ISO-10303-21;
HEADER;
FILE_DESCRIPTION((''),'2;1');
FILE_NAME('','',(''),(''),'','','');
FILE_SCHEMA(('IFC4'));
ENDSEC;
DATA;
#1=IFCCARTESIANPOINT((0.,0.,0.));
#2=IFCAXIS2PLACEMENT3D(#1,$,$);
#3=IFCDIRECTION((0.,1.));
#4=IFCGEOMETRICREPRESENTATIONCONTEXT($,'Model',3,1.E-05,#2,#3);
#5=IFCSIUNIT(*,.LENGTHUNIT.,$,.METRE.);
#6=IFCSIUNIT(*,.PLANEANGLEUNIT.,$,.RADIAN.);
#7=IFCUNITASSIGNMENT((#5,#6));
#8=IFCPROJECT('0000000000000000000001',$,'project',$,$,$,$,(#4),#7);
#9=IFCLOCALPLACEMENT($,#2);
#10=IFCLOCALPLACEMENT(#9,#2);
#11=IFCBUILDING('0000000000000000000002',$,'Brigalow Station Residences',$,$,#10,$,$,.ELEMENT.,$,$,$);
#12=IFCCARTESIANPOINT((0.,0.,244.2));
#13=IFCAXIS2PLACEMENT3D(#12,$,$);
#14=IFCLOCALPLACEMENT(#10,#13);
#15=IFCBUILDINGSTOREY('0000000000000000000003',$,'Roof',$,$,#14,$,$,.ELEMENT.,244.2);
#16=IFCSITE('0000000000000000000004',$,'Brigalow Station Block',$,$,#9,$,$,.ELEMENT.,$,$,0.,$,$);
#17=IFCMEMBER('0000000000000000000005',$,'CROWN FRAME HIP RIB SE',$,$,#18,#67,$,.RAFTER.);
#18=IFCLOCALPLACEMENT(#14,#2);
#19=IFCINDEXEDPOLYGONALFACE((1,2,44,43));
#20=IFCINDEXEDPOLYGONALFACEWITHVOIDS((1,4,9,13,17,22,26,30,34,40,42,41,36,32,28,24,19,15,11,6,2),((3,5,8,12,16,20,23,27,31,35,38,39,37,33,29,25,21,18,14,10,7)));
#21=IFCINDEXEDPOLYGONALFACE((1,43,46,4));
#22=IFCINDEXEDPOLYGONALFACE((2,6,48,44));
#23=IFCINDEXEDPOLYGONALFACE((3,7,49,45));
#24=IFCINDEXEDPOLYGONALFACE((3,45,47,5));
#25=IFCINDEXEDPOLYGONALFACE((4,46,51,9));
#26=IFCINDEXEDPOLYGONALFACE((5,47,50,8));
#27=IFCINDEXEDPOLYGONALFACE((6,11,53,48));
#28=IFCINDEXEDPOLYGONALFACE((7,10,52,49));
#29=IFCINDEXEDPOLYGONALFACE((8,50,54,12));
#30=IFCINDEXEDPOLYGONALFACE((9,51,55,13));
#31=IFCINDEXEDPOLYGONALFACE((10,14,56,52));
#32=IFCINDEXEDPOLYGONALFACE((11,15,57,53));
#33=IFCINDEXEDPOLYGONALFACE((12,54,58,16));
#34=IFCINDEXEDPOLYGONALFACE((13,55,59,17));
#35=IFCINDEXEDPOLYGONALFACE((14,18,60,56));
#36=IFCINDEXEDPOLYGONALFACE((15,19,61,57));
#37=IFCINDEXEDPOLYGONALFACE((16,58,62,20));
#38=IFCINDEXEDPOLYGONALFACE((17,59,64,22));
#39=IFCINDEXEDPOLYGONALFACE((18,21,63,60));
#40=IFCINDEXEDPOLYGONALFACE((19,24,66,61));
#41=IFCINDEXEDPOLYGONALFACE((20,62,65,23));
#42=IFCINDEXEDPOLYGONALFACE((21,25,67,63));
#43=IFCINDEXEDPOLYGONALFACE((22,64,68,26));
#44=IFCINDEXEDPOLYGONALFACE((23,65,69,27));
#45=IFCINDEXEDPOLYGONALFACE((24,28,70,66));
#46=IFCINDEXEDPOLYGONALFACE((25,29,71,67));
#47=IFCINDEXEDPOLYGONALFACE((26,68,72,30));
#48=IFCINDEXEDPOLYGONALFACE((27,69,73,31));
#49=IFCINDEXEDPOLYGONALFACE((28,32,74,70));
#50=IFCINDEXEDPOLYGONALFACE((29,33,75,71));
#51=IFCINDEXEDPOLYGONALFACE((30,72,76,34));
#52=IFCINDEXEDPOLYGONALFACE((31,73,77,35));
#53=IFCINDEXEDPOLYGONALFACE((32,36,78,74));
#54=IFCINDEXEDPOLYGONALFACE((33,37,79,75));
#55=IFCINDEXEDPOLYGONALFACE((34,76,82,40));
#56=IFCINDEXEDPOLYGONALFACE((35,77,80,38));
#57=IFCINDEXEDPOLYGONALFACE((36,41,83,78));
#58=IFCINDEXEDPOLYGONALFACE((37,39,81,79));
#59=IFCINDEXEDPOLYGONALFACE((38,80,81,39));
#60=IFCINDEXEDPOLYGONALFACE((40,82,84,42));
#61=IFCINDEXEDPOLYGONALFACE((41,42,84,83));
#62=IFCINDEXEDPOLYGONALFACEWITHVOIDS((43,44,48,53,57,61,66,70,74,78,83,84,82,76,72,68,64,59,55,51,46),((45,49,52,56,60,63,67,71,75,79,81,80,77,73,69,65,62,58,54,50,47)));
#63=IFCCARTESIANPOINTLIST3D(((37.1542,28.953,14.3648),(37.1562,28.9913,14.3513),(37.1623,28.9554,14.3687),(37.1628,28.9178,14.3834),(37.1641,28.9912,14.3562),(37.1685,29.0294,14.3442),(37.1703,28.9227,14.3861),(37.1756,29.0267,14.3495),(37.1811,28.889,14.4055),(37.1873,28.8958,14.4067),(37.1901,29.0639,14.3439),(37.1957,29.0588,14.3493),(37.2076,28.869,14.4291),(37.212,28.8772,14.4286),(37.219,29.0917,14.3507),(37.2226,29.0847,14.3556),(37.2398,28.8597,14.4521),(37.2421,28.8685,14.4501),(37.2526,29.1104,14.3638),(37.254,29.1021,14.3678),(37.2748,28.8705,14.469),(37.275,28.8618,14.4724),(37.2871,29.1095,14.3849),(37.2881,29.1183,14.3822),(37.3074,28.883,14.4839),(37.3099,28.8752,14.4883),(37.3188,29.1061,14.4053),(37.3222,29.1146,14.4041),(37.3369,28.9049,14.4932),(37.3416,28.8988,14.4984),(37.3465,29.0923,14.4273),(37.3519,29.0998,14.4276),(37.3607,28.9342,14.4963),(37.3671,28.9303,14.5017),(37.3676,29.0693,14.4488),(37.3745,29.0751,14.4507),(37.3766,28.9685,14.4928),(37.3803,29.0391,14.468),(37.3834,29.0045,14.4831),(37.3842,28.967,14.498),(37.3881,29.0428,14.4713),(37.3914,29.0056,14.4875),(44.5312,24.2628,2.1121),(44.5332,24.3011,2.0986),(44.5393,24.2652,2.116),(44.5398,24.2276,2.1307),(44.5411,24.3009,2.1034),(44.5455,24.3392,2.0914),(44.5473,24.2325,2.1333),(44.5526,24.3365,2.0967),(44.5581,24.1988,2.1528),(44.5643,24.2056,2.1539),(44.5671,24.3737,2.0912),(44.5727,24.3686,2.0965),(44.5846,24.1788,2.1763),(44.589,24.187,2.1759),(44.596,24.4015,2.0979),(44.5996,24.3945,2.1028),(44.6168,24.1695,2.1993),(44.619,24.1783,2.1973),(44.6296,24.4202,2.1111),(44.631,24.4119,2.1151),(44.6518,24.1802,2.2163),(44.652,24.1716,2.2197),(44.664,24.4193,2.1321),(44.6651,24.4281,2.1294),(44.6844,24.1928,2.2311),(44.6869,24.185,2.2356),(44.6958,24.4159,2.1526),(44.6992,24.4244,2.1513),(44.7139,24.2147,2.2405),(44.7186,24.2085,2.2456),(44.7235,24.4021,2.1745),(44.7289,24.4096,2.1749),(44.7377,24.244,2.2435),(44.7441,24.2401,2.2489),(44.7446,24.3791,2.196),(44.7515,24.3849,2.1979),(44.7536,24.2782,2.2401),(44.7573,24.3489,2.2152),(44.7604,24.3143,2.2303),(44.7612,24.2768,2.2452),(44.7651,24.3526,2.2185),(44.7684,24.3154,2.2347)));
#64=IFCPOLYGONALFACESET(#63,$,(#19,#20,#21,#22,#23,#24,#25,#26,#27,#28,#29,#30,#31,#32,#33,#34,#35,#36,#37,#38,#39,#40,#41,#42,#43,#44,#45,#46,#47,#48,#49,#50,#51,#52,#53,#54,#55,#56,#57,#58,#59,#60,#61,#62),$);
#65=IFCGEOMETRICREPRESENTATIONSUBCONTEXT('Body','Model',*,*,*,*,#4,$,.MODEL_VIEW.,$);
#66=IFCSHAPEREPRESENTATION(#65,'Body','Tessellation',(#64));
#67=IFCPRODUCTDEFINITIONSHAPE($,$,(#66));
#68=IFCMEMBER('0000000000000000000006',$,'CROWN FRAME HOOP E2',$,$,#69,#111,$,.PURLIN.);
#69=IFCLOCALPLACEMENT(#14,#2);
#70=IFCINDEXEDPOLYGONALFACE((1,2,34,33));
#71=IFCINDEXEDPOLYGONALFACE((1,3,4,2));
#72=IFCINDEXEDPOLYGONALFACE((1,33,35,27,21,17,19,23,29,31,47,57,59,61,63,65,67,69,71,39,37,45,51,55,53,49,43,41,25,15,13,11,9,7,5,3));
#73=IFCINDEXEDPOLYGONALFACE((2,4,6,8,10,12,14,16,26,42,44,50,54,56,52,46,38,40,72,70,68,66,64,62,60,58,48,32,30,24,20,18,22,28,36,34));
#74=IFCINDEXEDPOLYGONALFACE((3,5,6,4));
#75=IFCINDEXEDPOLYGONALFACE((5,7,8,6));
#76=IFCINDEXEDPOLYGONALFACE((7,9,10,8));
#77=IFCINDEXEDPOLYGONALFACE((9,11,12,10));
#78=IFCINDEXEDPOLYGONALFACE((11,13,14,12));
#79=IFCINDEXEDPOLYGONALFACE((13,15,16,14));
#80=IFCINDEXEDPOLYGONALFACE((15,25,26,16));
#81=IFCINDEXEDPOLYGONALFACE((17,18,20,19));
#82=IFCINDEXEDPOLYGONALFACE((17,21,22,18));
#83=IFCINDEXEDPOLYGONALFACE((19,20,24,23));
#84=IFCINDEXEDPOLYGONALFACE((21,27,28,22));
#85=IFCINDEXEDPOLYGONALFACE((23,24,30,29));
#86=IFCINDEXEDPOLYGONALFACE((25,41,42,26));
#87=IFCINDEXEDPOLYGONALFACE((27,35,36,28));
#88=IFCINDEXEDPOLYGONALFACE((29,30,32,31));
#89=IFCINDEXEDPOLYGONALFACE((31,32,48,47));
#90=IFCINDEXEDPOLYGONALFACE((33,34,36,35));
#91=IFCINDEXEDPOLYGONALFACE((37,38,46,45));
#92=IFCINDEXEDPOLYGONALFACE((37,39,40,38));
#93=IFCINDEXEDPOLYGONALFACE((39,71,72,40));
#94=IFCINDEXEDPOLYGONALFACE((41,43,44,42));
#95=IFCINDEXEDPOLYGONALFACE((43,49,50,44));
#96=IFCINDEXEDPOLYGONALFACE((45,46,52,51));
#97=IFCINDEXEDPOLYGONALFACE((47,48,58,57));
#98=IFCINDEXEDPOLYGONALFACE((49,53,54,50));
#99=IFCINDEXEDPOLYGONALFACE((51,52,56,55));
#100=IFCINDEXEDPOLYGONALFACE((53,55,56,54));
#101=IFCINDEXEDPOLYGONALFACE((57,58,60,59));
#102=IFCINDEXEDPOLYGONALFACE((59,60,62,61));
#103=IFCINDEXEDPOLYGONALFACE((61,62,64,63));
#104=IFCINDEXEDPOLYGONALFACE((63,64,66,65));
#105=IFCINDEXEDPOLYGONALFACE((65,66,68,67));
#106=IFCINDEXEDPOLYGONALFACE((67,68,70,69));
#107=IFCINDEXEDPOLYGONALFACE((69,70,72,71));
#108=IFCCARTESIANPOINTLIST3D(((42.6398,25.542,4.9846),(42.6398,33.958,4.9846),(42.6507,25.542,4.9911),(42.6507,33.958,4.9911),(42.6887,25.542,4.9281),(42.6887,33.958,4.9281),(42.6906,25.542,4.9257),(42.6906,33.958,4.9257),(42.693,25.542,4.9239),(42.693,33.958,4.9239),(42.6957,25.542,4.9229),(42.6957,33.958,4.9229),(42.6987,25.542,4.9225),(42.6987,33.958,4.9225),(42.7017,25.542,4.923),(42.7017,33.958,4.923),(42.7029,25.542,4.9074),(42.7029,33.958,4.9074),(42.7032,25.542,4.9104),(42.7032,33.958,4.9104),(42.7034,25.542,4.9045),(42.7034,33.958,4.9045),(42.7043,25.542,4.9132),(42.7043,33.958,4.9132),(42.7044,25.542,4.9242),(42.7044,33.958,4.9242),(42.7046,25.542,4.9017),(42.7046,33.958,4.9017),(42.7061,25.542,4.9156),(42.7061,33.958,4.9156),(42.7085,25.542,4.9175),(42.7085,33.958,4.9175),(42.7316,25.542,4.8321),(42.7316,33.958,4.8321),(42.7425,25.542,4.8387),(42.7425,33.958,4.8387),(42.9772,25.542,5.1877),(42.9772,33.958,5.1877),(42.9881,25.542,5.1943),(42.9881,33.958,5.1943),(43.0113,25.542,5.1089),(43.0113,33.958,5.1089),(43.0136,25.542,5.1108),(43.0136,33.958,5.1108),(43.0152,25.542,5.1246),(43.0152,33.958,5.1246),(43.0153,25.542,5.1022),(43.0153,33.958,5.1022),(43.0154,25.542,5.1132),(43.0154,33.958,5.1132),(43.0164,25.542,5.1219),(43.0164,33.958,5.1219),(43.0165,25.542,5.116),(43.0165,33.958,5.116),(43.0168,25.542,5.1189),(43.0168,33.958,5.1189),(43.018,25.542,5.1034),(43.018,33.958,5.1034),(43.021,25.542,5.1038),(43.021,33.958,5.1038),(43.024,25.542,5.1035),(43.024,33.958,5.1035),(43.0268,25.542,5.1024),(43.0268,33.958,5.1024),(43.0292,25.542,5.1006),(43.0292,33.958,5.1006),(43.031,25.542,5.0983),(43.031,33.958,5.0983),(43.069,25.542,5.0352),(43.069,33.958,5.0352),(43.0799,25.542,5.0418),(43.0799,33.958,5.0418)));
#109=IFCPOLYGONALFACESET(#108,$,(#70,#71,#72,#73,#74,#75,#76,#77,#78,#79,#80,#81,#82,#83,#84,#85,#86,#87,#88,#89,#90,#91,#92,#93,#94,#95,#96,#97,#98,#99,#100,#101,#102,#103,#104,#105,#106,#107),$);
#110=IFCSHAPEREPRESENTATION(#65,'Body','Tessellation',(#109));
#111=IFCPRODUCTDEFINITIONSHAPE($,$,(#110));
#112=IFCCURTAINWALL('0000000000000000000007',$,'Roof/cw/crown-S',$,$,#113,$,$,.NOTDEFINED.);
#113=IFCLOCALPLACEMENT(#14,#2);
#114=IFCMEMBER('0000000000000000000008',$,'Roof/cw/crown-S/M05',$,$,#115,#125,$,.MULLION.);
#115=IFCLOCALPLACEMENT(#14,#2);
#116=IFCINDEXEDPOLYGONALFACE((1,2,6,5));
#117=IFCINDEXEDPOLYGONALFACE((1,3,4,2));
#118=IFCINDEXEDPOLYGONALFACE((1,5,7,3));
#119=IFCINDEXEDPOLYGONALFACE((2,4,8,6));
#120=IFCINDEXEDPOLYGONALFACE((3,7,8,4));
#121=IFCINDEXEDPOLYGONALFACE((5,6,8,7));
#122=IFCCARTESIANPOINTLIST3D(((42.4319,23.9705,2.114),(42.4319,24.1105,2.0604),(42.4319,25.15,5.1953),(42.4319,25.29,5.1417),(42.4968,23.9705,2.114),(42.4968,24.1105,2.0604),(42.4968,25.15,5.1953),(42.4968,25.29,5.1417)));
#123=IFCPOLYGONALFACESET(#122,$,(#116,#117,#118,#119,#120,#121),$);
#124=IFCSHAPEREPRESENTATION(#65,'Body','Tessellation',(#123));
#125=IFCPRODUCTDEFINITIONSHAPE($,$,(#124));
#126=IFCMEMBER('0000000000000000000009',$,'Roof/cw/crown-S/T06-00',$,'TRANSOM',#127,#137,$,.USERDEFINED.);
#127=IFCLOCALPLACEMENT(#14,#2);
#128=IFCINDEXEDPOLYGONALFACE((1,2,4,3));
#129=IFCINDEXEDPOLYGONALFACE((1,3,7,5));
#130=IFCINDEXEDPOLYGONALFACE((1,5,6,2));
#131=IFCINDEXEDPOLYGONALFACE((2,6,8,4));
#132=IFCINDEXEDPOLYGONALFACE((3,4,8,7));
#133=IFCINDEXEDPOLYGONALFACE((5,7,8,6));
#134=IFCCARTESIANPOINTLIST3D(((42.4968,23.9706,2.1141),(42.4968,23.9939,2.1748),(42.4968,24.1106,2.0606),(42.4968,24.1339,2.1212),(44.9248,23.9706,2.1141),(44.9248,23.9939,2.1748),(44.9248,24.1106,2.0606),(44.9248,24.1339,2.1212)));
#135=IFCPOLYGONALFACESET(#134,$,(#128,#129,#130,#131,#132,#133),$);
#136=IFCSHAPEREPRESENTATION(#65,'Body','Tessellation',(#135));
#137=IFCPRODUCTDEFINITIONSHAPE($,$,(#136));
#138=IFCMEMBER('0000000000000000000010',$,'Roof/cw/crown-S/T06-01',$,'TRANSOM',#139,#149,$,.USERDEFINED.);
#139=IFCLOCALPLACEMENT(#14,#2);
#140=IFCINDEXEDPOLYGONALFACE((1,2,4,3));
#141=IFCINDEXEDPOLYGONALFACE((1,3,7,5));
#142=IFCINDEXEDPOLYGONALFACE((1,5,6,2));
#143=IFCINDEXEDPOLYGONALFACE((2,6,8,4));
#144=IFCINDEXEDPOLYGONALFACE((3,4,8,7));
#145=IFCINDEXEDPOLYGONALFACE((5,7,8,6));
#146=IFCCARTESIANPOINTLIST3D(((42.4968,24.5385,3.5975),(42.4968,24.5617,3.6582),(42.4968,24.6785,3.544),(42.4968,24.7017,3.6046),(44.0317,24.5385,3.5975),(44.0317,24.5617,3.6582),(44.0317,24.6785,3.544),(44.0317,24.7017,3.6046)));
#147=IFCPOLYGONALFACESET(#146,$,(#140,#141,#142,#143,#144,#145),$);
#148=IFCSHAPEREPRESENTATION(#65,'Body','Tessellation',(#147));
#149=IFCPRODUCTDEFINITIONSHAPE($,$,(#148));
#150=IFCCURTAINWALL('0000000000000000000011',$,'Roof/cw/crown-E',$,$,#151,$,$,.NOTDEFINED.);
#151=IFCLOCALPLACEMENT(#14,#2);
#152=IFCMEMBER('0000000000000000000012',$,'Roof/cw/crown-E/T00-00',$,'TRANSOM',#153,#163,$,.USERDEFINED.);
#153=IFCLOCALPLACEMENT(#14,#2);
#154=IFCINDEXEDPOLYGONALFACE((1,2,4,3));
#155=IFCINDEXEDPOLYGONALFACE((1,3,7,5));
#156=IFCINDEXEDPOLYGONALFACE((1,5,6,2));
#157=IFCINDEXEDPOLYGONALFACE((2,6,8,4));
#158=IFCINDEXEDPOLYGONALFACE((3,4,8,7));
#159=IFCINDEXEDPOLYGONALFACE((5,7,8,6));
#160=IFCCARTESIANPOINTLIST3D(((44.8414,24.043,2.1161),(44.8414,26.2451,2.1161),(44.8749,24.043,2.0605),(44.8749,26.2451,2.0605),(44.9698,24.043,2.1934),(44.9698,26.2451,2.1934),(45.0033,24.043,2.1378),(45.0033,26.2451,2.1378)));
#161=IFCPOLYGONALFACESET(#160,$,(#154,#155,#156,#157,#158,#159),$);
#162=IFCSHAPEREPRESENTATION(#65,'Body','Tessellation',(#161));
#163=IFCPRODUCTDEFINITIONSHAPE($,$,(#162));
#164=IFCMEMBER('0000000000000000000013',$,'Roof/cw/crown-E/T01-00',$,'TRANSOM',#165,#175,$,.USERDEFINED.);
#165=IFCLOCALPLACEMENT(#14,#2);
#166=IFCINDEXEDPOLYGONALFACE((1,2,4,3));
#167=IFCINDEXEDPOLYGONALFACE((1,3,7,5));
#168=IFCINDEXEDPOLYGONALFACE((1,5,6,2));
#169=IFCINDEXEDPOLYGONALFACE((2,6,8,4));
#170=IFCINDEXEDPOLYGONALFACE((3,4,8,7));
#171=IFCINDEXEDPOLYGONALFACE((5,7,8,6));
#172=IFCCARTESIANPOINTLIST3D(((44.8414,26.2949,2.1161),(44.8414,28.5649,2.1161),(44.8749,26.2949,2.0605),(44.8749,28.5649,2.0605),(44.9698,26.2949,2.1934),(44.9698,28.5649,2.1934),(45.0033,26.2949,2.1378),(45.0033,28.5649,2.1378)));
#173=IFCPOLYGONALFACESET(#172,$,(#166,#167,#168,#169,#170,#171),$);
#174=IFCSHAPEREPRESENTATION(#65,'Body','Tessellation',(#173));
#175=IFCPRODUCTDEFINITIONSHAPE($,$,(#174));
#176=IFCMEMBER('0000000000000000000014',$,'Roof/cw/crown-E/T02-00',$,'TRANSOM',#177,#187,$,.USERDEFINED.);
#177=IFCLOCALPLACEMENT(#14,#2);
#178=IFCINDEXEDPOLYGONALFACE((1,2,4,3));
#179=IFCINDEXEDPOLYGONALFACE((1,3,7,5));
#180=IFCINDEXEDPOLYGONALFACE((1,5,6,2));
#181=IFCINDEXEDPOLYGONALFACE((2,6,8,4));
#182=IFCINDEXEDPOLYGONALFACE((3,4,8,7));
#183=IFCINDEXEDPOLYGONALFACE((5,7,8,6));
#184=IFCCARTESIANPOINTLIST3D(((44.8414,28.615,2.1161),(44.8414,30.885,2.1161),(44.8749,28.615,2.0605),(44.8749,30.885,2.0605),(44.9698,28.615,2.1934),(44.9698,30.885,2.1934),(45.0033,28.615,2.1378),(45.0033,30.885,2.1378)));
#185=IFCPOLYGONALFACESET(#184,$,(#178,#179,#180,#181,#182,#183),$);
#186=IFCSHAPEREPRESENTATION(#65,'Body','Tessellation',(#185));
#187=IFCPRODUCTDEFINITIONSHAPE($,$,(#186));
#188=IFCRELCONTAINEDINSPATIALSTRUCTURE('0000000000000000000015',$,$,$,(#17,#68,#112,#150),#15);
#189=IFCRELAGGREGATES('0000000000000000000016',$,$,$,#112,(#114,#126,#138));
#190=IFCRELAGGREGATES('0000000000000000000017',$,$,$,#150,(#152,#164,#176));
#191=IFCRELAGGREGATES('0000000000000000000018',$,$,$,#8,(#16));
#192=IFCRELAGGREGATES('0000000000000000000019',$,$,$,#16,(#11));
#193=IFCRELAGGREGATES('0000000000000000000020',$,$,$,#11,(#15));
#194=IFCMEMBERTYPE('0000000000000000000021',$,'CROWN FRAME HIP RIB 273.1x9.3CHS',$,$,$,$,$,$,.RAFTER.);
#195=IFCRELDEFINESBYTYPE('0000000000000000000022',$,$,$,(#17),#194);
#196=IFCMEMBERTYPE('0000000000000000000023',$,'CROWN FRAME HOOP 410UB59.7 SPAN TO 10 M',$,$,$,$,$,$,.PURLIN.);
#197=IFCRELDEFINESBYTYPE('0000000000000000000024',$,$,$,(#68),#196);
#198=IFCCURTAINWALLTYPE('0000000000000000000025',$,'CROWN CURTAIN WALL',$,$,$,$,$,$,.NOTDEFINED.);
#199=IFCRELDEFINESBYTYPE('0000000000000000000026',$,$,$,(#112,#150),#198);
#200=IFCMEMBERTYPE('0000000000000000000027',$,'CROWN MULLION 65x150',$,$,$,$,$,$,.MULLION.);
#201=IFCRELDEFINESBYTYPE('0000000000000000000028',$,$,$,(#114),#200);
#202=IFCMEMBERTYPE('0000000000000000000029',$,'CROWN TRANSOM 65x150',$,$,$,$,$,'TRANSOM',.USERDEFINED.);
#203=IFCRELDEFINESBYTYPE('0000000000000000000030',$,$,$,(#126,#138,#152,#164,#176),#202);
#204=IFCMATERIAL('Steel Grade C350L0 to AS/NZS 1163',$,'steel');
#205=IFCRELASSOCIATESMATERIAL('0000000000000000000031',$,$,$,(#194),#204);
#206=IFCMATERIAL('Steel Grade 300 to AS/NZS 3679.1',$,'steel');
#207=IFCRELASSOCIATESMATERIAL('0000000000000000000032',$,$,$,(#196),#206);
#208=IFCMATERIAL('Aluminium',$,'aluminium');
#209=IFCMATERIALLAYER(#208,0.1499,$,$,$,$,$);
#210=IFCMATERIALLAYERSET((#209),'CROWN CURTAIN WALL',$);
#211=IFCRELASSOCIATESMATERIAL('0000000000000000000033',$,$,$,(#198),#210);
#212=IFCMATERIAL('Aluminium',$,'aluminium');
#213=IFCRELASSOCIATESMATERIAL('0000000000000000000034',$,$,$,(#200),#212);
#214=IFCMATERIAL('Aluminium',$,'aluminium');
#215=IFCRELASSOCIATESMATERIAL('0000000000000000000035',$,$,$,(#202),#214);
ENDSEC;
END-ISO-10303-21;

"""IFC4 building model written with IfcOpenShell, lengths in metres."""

from ifc_helpers import new_model, si_unit, direction, frame, origin, origin_2d, place, context, subcontext, project, spatial, rectangle, hollow_circle, i_section, extrude, material, layer, layer_set, material_profile, profile_set, type_object, element, aggregate, save


model = new_model("IFC4")

# Units and contexts
model_context = context("Model", 3, precision=1e-05, world=origin(), true_north=direction((0.0, 1.0)))
body_context = subcontext(model_context, "Body", "Model", "MODEL_VIEW")
ifc_project = project(units=[si_unit("LENGTHUNIT", "METRE"), si_unit("PLANEANGLEUNIT", "RADIAN")], contexts=[model_context])

# Site, building, storey
site_placement = place(None, origin())
site = spatial("IfcSite", under=ifc_project, at=site_placement, Name="Brigalow Station Block", CompositionType="ELEMENT", RefElevation=0.0)
building_placement = place(site_placement, origin())
building = spatial("IfcBuilding", under=site, at=building_placement, Name="Brigalow Station Residences", CompositionType="ELEMENT")
storey_placement = place(building_placement, frame((0.0, 0.0, 244.2)))
storey = spatial("IfcBuildingStorey", under=building, at=storey_placement, Name="Roof", CompositionType="ELEMENT", Elevation=244.2)

# Members
ifc_material_1 = material(Name="Steel Grade C350L0 to AS/NZS 1163", Category="steel")
ifc_material_profile_1 = material_profile(ifc_material_1, hollow_circle(Radius=0.1365, WallThickness=0.0093, at=origin_2d()), Name="273.1x9.3CHS")
ifc_profile_set_1 = profile_set([ifc_material_profile_1], Name="Steel Grade C350L0 to AS/NZS 1163")
member_type_1 = type_object("IfcMemberType", Name="CROWN FRAME HIP RIB 273.1x9.3CHS", PredefinedType="RAFTER", material=ifc_profile_set_1)
member_1_placement = place(storey_placement, frame((44.6497, 24.2986, 2.1697), z_axis=(-0.490116, 0.311611, 0.814055), x_axis=(-0.670788, -0.731216, -0.123959)))
element("IfcMember", 1, at=member_1_placement, inside=storey, type_object=member_type_1, Name="CROWN FRAME HIP RIB SE", PredefinedType="RAFTER", context=body_context, shape_type="SweptSolid", body=[
    extrude(hollow_circle(Radius=0.1365, WallThickness=0.0093, at=origin_2d()), origin(), (0.0, 0.0, 1.0), 15.0515),
])
ifc_material_2 = material(Name="Steel Grade 300 to AS/NZS 3679.1", Category="steel")
ifc_material_profile_2 = material_profile(ifc_material_2, i_section(OverallWidth=0.178, OverallDepth=0.4065, WebThickness=0.0078, FlangeThickness=0.0127, FilletRadius=0.0115, at=origin_2d()), Name="410UB59.7")
ifc_profile_set_2 = profile_set([ifc_material_profile_2], Name="Steel Grade 300 to AS/NZS 3679.1")
member_type_2 = type_object("IfcMemberType", Name="CROWN FRAME HOOP 410UB59.7 SPAN TO 10 M", PredefinedType="PURLIN", material=ifc_profile_set_2)
member_2_placement = place(storey_placement, frame((42.8599, 25.542, 5.0132), z_axis=(0.0, 1.0, 0.0), x_axis=(-0.515813, 0.0, 0.856701)))
element("IfcMember", 2, at=member_2_placement, inside=storey, type_object=member_type_2, Name="CROWN FRAME HOOP E2", PredefinedType="PURLIN", context=body_context, shape_type="SweptSolid", body=[
    extrude(i_section(OverallWidth=0.178, OverallDepth=0.4065, WebThickness=0.0078, FlangeThickness=0.0127, FilletRadius=0.0115, at=origin_2d()), origin(), (0.0, 0.0, 1.0), 8.416),
])

# Curtain walls, members
ifc_material_3 = material(Name="Aluminium", Category="aluminium")
ifc_layer_1 = layer(ifc_material_3, 0.1499)
ifc_layer_set_1 = layer_set([ifc_layer_1], Name="CROWN CURTAIN WALL")
curtain_wall_type = type_object("IfcCurtainWallType", Name="CROWN CURTAIN WALL", PredefinedType="NOTDEFINED", material=ifc_layer_set_1)
curtain_wall_1_placement = place(storey_placement, origin())
curtain_wall_1 = element("IfcCurtainWall", 3, at=curtain_wall_1_placement, inside=storey, type_object=curtain_wall_type, Name="Roof/cw/crown-S", PredefinedType="NOTDEFINED")
ifc_material_4 = material(Name="Aluminium", Category="aluminium")
ifc_material_profile_3 = material_profile(ifc_material_4, rectangle(XDim=0.0649, YDim=0.1499, at=origin_2d()), Name="CROWN MULLION 65x150")
ifc_profile_set_3 = profile_set([ifc_material_profile_3], Name="Aluminium")
member_type_3 = type_object("IfcMemberType", Name="CROWN MULLION 65x150", PredefinedType="MULLION", material=ifc_profile_set_3)
member_3_placement = place(storey_placement, frame((42.4644, 24.0405, 2.0872), z_axis=(0.0, 0.357481, 0.93392), x_axis=(-1.0, 0.0, 0.0)))
member_3 = element("IfcMember", 4, at=member_3_placement, type_object=member_type_3, Name="Roof/cw/crown-S/M05", PredefinedType="MULLION", context=body_context, shape_type="SweptSolid", body=[
    extrude(rectangle(XDim=0.0649, YDim=0.1499, at=origin_2d()), origin(), (0.0, 0.0, 1.0), 3.2993),
])
ifc_material_5 = material(Name="Aluminium", Category="aluminium")
ifc_material_profile_4 = material_profile(ifc_material_5, rectangle(XDim=0.0649, YDim=0.1499, at=origin_2d()), Name="CROWN TRANSOM 65x150")
ifc_profile_set_4 = profile_set([ifc_material_profile_4], Name="Aluminium")
member_type_4 = type_object("IfcMemberType", Name="CROWN TRANSOM 65x150", ElementType="TRANSOM", PredefinedType="USERDEFINED", material=ifc_profile_set_4)
member_4_placement = place(storey_placement, frame((42.4968, 24.0522, 2.1177), z_axis=(1.0, 0.0, 0.0), x_axis=(0.0, 0.357491, 0.933917)))
member_4 = element("IfcMember", 5, at=member_4_placement, type_object=member_type_4, Name="Roof/cw/crown-S/T06-00", ObjectType="TRANSOM", PredefinedType="USERDEFINED", context=body_context, shape_type="SweptSolid", body=[
    extrude(rectangle(XDim=0.0649, YDim=0.1499, at=origin_2d()), origin(), (0.0, 0.0, 1.0), 2.428),
])
member_5_placement = place(storey_placement, frame((42.4968, 24.6201, 3.6011), z_axis=(1.0, 0.0, 0.0), x_axis=(0.0, 0.357491, 0.933917)))
member_5 = element("IfcMember", 6, at=member_5_placement, type_object=member_type_4, Name="Roof/cw/crown-S/T06-01", ObjectType="TRANSOM", PredefinedType="USERDEFINED", context=body_context, shape_type="SweptSolid", body=[
    extrude(rectangle(XDim=0.0649, YDim=0.1499, at=origin_2d()), origin(), (0.0, 0.0, 1.0), 1.5349),
])
curtain_wall_2_placement = place(storey_placement, origin())
curtain_wall_2 = element("IfcCurtainWall", 7, at=curtain_wall_2_placement, inside=storey, type_object=curtain_wall_type, Name="Roof/cw/crown-E", PredefinedType="NOTDEFINED")
member_6_placement = place(storey_placement, frame((44.9224, 24.043, 2.127), z_axis=(0.0, 1.0, 0.0), x_axis=(-0.515813, 0.0, 0.856701)))
member_6 = element("IfcMember", 8, at=member_6_placement, type_object=member_type_4, Name="Roof/cw/crown-E/T00-00", ObjectType="TRANSOM", PredefinedType="USERDEFINED", context=body_context, shape_type="SweptSolid", body=[
    extrude(rectangle(XDim=0.0649, YDim=0.1499, at=origin_2d()), origin(), (0.0, 0.0, 1.0), 2.2021),
])
member_7_placement = place(storey_placement, frame((44.9224, 26.2949, 2.127), z_axis=(0.0, 1.0, 0.0), x_axis=(-0.515813, 0.0, 0.856701)))
member_7 = element("IfcMember", 9, at=member_7_placement, type_object=member_type_4, Name="Roof/cw/crown-E/T01-00", ObjectType="TRANSOM", PredefinedType="USERDEFINED", context=body_context, shape_type="SweptSolid", body=[
    extrude(rectangle(XDim=0.0649, YDim=0.1499, at=origin_2d()), origin(), (0.0, 0.0, 1.0), 2.27),
])
member_8_placement = place(storey_placement, frame((44.9224, 28.615, 2.127), z_axis=(0.0, 1.0, 0.0), x_axis=(-0.515813, 0.0, 0.856701)))
member_8 = element("IfcMember", 10, at=member_8_placement, type_object=member_type_4, Name="Roof/cw/crown-E/T02-00", ObjectType="TRANSOM", PredefinedType="USERDEFINED", context=body_context, shape_type="SweptSolid", body=[
    extrude(rectangle(XDim=0.0649, YDim=0.1499, at=origin_2d()), origin(), (0.0, 0.0, 1.0), 2.27),
])

aggregate(curtain_wall_1, [member_3, member_4, member_5])
aggregate(curtain_wall_2, [member_6, member_7, member_8])

save(model, "model.ifc")
